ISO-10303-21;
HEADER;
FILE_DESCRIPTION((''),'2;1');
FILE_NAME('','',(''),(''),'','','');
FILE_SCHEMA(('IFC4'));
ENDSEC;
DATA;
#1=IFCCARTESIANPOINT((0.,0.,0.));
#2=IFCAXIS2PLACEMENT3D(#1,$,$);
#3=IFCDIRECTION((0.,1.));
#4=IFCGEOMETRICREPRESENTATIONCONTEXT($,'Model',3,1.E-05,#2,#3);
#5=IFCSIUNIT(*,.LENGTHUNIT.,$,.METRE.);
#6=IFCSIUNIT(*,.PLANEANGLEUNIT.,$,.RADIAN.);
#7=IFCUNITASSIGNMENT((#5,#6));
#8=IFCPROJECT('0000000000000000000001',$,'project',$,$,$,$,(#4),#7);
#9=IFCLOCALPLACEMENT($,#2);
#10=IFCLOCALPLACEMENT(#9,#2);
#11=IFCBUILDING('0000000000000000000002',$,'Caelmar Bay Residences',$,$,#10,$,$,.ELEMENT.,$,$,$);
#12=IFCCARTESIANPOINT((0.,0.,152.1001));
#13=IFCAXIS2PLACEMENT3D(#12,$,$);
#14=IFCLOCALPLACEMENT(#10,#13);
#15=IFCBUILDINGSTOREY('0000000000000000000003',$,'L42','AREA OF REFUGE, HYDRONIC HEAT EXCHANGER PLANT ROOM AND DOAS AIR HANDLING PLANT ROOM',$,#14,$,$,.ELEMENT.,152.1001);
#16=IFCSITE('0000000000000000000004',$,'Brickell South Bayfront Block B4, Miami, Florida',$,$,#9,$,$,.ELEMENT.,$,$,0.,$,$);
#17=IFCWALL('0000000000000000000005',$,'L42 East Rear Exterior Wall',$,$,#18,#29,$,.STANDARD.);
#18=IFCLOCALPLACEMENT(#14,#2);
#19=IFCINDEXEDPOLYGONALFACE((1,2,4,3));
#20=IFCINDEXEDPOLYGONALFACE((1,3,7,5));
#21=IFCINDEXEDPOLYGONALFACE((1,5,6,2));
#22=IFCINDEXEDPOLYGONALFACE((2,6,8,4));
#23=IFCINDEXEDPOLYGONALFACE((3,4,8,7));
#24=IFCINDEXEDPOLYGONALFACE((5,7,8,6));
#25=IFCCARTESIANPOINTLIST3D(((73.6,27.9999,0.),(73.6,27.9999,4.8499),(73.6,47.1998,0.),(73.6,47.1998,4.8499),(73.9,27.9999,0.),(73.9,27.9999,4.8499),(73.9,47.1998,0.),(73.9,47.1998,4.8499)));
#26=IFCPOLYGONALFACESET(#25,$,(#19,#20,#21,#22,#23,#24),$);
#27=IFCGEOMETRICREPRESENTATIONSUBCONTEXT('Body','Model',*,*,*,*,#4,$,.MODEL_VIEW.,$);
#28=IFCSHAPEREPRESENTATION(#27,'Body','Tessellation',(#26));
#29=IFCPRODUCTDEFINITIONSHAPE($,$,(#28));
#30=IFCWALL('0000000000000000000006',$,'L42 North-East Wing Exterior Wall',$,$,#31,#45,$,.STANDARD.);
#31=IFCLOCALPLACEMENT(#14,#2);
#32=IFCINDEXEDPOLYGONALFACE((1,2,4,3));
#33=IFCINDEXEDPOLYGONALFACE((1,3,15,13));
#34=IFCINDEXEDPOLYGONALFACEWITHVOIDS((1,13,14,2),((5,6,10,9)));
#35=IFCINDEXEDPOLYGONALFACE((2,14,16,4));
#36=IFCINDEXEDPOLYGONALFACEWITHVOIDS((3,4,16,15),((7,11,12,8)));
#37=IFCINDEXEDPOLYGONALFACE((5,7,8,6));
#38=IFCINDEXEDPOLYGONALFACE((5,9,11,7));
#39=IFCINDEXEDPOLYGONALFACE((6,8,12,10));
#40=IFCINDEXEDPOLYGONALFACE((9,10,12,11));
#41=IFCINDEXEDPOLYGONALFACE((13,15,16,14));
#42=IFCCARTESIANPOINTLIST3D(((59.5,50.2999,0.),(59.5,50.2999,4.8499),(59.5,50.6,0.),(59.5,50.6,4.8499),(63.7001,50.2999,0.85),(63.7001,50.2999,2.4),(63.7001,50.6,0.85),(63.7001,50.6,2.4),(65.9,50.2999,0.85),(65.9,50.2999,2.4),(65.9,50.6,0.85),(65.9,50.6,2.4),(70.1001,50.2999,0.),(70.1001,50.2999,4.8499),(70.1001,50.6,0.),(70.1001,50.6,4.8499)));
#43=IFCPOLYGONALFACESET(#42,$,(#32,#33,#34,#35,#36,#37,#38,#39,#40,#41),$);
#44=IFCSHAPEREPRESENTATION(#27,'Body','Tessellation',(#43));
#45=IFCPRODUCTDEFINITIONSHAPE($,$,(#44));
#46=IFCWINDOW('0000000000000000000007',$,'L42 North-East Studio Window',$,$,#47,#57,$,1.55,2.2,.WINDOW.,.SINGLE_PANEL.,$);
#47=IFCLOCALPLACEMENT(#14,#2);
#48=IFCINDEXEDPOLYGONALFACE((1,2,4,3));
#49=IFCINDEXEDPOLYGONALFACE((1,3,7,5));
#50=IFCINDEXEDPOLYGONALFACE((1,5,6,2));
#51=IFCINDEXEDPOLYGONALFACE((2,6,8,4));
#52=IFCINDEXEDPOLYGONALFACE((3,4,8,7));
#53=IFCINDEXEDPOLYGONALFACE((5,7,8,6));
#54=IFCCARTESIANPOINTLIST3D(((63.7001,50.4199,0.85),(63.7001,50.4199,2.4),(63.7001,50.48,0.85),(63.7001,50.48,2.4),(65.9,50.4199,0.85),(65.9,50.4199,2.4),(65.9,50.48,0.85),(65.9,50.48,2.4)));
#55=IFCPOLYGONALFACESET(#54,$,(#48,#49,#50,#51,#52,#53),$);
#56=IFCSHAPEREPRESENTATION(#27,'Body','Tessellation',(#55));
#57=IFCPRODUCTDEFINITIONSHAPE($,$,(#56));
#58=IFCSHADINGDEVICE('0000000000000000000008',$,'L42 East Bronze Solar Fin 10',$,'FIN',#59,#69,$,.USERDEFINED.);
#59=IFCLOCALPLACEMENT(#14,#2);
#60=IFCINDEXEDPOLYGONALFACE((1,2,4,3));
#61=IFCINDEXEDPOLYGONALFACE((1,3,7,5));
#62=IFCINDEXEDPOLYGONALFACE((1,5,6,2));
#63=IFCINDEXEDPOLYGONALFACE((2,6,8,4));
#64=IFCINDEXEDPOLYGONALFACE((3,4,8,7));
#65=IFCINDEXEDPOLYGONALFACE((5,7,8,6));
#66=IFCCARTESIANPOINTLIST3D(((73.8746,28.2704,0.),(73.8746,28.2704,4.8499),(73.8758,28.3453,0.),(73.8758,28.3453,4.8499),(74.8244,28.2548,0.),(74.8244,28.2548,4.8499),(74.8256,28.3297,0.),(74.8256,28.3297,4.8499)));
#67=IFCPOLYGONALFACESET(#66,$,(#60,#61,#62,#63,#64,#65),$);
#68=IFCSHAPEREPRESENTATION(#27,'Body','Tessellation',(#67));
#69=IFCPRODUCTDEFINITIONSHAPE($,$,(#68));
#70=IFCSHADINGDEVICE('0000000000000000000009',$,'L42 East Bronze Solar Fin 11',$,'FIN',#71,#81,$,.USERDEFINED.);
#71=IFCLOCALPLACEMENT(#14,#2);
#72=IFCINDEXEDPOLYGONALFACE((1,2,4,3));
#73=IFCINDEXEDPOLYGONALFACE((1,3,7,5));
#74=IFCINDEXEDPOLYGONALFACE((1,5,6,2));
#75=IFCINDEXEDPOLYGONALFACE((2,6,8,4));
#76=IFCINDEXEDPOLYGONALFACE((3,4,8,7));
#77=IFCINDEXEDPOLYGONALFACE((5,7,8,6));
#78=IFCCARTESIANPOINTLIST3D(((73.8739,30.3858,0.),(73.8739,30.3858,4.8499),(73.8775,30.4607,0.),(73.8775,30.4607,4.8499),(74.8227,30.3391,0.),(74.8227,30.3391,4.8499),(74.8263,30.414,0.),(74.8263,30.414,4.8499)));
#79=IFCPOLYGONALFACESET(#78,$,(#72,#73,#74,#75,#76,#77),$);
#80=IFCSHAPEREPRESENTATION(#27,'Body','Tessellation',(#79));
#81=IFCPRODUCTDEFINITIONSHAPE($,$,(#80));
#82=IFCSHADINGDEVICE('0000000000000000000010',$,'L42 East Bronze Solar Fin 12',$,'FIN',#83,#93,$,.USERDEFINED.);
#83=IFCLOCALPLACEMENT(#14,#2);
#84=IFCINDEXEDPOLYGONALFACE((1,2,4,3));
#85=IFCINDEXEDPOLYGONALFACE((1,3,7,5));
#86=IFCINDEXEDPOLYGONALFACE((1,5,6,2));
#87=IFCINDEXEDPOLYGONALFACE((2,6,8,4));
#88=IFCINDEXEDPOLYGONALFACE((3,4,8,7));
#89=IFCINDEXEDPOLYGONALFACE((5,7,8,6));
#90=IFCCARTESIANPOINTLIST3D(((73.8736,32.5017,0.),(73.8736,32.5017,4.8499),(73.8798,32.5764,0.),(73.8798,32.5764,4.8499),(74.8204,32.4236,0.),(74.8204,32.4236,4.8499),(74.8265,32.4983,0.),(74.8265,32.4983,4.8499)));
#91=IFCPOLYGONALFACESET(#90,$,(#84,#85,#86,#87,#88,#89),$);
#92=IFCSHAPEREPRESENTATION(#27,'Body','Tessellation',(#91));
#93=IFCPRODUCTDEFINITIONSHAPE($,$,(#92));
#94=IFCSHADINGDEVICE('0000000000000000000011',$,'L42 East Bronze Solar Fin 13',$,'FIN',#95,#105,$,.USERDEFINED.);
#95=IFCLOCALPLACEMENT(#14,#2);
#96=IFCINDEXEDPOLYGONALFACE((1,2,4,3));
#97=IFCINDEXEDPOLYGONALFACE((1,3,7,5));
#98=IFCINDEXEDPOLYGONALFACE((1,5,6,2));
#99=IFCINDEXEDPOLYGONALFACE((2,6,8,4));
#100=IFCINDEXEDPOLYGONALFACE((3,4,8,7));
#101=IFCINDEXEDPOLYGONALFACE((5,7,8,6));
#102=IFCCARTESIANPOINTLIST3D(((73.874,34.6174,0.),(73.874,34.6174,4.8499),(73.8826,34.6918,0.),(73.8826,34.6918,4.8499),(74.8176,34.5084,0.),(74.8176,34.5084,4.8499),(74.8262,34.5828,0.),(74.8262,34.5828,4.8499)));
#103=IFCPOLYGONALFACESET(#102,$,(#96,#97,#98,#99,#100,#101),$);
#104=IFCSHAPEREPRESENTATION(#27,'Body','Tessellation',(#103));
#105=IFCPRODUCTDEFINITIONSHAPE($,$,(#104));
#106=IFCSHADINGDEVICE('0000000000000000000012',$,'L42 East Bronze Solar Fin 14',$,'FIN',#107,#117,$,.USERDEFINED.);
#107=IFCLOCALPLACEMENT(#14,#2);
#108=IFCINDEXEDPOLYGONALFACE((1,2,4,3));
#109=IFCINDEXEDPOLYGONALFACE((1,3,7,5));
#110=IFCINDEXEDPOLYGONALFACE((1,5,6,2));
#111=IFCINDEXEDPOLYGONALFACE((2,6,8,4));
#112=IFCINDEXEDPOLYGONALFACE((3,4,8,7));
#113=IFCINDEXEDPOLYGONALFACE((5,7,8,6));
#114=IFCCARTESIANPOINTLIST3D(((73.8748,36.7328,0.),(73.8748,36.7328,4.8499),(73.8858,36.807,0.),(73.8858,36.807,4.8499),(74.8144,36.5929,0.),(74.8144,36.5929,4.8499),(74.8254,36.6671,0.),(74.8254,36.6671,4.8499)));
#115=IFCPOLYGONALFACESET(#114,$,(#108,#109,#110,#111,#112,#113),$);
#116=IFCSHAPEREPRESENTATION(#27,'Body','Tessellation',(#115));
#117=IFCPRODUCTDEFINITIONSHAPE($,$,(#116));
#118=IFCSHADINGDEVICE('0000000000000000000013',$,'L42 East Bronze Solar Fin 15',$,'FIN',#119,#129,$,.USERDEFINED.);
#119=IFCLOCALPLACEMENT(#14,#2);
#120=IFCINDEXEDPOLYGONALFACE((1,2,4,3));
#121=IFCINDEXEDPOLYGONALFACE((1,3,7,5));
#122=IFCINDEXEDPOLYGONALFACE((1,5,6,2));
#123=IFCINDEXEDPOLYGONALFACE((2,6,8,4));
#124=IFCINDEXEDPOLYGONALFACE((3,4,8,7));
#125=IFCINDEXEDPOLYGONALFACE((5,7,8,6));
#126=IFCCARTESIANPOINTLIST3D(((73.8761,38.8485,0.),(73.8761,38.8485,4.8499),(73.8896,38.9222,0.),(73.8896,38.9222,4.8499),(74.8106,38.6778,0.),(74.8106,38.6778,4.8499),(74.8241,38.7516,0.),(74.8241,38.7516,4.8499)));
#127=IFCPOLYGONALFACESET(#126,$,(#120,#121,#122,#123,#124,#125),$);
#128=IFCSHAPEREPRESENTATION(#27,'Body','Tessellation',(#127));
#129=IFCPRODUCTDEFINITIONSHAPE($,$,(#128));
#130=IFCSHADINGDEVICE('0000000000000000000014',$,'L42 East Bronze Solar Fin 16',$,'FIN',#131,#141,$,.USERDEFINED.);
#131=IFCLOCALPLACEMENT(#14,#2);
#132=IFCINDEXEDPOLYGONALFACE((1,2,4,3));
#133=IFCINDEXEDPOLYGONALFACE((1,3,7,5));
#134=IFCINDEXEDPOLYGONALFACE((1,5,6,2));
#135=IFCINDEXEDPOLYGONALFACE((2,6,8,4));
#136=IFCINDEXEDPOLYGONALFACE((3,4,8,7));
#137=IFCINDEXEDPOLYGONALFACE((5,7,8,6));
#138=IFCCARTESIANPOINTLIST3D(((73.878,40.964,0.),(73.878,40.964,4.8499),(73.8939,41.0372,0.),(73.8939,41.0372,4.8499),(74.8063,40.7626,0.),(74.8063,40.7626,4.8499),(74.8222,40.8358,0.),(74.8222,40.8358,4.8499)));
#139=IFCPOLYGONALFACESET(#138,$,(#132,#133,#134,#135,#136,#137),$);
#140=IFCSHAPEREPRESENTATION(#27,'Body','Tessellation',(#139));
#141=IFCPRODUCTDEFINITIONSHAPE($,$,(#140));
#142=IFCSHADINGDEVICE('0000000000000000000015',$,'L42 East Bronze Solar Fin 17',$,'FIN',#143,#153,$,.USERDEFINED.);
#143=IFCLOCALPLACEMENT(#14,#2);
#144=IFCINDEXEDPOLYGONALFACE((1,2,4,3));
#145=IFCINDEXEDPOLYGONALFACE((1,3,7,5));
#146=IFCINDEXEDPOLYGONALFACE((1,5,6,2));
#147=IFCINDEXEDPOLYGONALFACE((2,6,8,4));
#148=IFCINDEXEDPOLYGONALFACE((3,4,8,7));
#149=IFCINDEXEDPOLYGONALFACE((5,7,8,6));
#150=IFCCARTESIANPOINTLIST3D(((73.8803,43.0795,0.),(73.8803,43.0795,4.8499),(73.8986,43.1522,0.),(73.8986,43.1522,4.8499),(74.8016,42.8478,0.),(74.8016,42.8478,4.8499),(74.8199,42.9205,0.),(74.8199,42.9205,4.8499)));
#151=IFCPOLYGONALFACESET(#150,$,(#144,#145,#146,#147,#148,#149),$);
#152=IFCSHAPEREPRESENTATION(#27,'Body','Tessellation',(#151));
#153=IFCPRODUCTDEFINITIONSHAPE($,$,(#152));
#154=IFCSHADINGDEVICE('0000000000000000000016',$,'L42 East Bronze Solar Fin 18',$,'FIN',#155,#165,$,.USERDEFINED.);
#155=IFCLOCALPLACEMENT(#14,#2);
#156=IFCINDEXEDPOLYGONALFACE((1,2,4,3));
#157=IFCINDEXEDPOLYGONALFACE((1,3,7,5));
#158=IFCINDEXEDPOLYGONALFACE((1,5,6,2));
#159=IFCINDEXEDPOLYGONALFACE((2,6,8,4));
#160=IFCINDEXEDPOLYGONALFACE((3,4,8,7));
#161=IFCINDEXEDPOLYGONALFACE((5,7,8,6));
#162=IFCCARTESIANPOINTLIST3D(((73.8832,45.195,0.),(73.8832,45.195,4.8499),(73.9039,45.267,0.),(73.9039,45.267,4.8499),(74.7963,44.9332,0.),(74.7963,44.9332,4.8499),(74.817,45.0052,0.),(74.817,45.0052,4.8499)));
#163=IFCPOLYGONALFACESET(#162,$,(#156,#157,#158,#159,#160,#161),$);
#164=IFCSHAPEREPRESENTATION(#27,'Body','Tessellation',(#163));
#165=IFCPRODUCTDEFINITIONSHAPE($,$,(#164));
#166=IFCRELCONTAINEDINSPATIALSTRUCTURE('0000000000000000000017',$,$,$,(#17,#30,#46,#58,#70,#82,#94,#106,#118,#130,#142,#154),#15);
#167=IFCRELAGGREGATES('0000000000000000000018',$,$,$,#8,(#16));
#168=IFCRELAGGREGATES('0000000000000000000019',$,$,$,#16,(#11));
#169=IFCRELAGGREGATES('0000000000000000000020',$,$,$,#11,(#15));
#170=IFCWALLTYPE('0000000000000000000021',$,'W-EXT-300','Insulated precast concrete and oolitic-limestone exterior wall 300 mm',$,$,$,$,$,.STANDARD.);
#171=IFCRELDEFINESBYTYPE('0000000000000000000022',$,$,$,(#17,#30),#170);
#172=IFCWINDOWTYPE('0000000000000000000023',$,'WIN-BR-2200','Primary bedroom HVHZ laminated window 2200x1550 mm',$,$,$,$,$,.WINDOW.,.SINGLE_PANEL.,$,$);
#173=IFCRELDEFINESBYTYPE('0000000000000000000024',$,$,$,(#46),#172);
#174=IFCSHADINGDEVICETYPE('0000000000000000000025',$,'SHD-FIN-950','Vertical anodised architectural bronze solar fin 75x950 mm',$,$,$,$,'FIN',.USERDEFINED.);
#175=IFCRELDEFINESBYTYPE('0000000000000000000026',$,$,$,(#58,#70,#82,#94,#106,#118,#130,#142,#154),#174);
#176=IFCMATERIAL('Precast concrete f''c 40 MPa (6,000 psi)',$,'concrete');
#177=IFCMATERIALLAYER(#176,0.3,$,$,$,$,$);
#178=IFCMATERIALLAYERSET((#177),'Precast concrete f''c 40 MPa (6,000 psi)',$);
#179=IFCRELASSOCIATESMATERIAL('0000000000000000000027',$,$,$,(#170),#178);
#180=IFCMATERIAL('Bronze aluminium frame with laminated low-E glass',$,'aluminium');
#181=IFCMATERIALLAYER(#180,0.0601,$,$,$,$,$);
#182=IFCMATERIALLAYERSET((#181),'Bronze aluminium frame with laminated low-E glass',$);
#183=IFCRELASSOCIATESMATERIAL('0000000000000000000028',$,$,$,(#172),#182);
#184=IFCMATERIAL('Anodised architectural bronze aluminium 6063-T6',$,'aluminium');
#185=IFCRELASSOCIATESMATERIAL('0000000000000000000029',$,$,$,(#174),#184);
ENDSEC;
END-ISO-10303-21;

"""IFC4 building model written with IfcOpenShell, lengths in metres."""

from ifc_helpers import new_model, si_unit, direction, frame, frame_2d, origin, origin_2d, place, context, subcontext, project, spatial, rectangle, extrude, material, layer, layer_set, material_profile, profile_set, type_object, element, fill, save


model = new_model("IFC4")

# Units and contexts
model_context = context("Model", 3, precision=1e-05, world=origin(), true_north=direction((0.0, 1.0)))
body_context = subcontext(model_context, "Body", "Model", "MODEL_VIEW")
ifc_project = project(units=[si_unit("LENGTHUNIT", "METRE"), si_unit("PLANEANGLEUNIT", "RADIAN")], contexts=[model_context])

# Site, building, storey
site_placement = place(None, origin())
site = spatial("IfcSite", under=ifc_project, at=site_placement, Name="Brickell South Bayfront Block B4, Miami, Florida", CompositionType="ELEMENT", RefElevation=0.0)
building_placement = place(site_placement, origin())
building = spatial("IfcBuilding", under=site, at=building_placement, Name="Caelmar Bay Residences", CompositionType="ELEMENT")
storey_placement = place(building_placement, frame((0.0, 0.0, 152.1001)))
storey = spatial("IfcBuildingStorey", under=building, at=storey_placement, Name="L42", Description="AREA OF REFUGE, HYDRONIC HEAT EXCHANGER PLANT ROOM AND DOAS AIR HANDLING PLANT ROOM", CompositionType="ELEMENT", Elevation=152.1001)

# Wall
ifc_material_1 = material(Name="Precast concrete f'c 40 MPa (6,000 psi)", Category="concrete")
ifc_layer_1 = layer(ifc_material_1, 0.3)
ifc_layer_set_1 = layer_set([ifc_layer_1], Name="Precast concrete f'c 40 MPa (6,000 psi)")
wall_type_1 = type_object("IfcWallType", Name="W-EXT-300", Description="Insulated precast concrete and oolitic-limestone exterior wall 300 mm", PredefinedType="STANDARD", material=ifc_layer_set_1)
wall_1_placement = place(storey_placement, frame((73.75, 47.2, 0.0), z_axis=(0.0, 0.0, 1.0), x_axis=(0.0, -1.0, 0.0)))
element("IfcWall", 1, at=wall_1_placement, inside=storey, type_object=wall_type_1, Name="L42 East Rear Exterior Wall", PredefinedType="STANDARD", context=body_context, shape_type="SweptSolid", body=[
    extrude(rectangle(XDim=19.2, YDim=0.3, at=frame_2d((9.6001, 0.0))), origin(), (0.0, 0.0, 1.0), 4.8499),
])

# Wall, opening, window
wall_2_placement = place(storey_placement, frame((59.5, 50.45, 0.0), z_axis=(0.0, 0.0, 1.0), x_axis=(1.0, 0.0, 0.0)))
wall_2 = element("IfcWall", 2, at=wall_2_placement, inside=storey, type_object=wall_type_1, Name="L42 North-East Wing Exterior Wall", PredefinedType="STANDARD", context=body_context, shape_type="SweptSolid", body=[
    extrude(rectangle(XDim=10.6001, YDim=0.3, at=frame_2d((5.3, 0.0))), origin(), (0.0, 0.0, 1.0), 4.8499),
])
opening_1_placement = place(wall_2_placement, frame((4.2, 0.0, 0.8501)))
opening_1 = element("IfcOpeningElement", 3, at=opening_1_placement, cuts=wall_2, PredefinedType="OPENING", context=body_context, shape_type="SweptSolid", body=[
    extrude(rectangle(XDim=2.2, YDim=1.55, at=frame_2d((1.1001, 0.7749))), frame((0.0, 0.1599, 0.0), z_axis=(0.0, -1.0, 0.0), x_axis=(1.0, 0.0, 0.0)), (0.0, 0.0, 1.0), 0.3201),
])
ifc_material_2 = material(Name="Bronze aluminium frame with laminated low-E glass", Category="aluminium")
ifc_layer_2 = layer(ifc_material_2, 0.0601)
ifc_layer_set_2 = layer_set([ifc_layer_2], Name="Bronze aluminium frame with laminated low-E glass")
window_type = type_object("IfcWindowType", Name="WIN-BR-2200", Description="Primary bedroom HVHZ laminated window 2200x1550 mm", PartitioningType="SINGLE_PANEL", PredefinedType="WINDOW", material=ifc_layer_set_2)
window_placement = place(opening_1_placement, origin())
window = element("IfcWindow", 4, at=window_placement, inside=storey, type_object=window_type, Name="L42 North-East Studio Window", OverallHeight=1.55, OverallWidth=2.2, PartitioningType="SINGLE_PANEL", PredefinedType="WINDOW", context=body_context, shape_type="SweptSolid", body=[
    extrude(rectangle(XDim=2.2, YDim=1.55, at=frame_2d((1.1001, 0.7749))), frame((0.0, 0.03, 0.0), z_axis=(0.0, -1.0, 0.0), x_axis=(1.0, 0.0, 0.0)), (0.0, 0.0, 1.0), 0.0601),
])
fill(opening_1, window)

# Shading devices
ifc_material_3 = material(Name="Anodised architectural bronze aluminium 6063-T6", Category="aluminium")
ifc_material_profile_1 = material_profile(ifc_material_3, rectangle(XDim=0.075, YDim=0.95, at=origin_2d()), Name="BRONZE-FIN-75X950")
ifc_profile_set_1 = profile_set([ifc_material_profile_1], Name="Anodised architectural bronze aluminium 6063-T6")
shading_device_type = type_object("IfcShadingDeviceType", Name="SHD-FIN-950", Description="Vertical anodised architectural bronze solar fin 75x950 mm", ElementType="FIN", PredefinedType="USERDEFINED", material=ifc_profile_set_1)
for number, where, z_axis, x_axis, name in (
    (5, (74.3501, 28.3, 0.0), (0.0, 0.0, 1.0), (0.016405, 0.999865, 0.0), "L42 East Bronze Solar Fin 10"),
    (6, (74.3501, 30.3999, 0.0), (0.0, 0.0, 1.0), (0.049198, 0.998789, 0.0), "L42 East Bronze Solar Fin 11"),
    (7, (74.3501, 32.5, 0.0), (0.0, 0.0, 1.0), (0.082112, 0.996623, 0.0), "L42 East Bronze Solar Fin 12"),
    (8, (74.3501, 34.6001, 0.0), (0.0, 0.0, 1.0), (0.114764, 0.993393, 0.0), "L42 East Bronze Solar Fin 13"),
    (9, (74.3501, 36.7, 0.0), (0.0, 0.0, 1.0), (0.147292, 0.989093, 0.0), "L42 East Bronze Solar Fin 14"),
    (10, (74.3501, 38.8, 0.0), (0.0, 0.0, 1.0), (0.179661, 0.983729, 0.0), "L42 East Bronze Solar Fin 15"),
    (11, (74.3501, 40.8999, 0.0), (0.0, 0.0, 1.0), (0.212007, 0.977268, 0.0), "L42 East Bronze Solar Fin 16"),
    (12, (74.3501, 43.0, 0.0), (0.0, 0.0, 1.0), (0.243954, 0.969787, 0.0), "L42 East Bronze Solar Fin 17"),
    (13, (74.3501, 45.1001, 0.0), (0.0, 0.0, 1.0), (0.275637, 0.961262, 0.0), "L42 East Bronze Solar Fin 18"),
):
    element("IfcShadingDevice", number, at=place(storey_placement, frame(where, z_axis=z_axis, x_axis=x_axis)), inside=storey, type_object=shading_device_type, Name=name, ObjectType="FIN", PredefinedType="USERDEFINED", context=body_context, shape_type="SweptSolid", body=[
        extrude(rectangle(XDim=0.075, YDim=0.95, at=origin_2d()), origin(), (0.0, 0.0, 1.0), 4.8499),
    ])

save(model, "model.ifc")
